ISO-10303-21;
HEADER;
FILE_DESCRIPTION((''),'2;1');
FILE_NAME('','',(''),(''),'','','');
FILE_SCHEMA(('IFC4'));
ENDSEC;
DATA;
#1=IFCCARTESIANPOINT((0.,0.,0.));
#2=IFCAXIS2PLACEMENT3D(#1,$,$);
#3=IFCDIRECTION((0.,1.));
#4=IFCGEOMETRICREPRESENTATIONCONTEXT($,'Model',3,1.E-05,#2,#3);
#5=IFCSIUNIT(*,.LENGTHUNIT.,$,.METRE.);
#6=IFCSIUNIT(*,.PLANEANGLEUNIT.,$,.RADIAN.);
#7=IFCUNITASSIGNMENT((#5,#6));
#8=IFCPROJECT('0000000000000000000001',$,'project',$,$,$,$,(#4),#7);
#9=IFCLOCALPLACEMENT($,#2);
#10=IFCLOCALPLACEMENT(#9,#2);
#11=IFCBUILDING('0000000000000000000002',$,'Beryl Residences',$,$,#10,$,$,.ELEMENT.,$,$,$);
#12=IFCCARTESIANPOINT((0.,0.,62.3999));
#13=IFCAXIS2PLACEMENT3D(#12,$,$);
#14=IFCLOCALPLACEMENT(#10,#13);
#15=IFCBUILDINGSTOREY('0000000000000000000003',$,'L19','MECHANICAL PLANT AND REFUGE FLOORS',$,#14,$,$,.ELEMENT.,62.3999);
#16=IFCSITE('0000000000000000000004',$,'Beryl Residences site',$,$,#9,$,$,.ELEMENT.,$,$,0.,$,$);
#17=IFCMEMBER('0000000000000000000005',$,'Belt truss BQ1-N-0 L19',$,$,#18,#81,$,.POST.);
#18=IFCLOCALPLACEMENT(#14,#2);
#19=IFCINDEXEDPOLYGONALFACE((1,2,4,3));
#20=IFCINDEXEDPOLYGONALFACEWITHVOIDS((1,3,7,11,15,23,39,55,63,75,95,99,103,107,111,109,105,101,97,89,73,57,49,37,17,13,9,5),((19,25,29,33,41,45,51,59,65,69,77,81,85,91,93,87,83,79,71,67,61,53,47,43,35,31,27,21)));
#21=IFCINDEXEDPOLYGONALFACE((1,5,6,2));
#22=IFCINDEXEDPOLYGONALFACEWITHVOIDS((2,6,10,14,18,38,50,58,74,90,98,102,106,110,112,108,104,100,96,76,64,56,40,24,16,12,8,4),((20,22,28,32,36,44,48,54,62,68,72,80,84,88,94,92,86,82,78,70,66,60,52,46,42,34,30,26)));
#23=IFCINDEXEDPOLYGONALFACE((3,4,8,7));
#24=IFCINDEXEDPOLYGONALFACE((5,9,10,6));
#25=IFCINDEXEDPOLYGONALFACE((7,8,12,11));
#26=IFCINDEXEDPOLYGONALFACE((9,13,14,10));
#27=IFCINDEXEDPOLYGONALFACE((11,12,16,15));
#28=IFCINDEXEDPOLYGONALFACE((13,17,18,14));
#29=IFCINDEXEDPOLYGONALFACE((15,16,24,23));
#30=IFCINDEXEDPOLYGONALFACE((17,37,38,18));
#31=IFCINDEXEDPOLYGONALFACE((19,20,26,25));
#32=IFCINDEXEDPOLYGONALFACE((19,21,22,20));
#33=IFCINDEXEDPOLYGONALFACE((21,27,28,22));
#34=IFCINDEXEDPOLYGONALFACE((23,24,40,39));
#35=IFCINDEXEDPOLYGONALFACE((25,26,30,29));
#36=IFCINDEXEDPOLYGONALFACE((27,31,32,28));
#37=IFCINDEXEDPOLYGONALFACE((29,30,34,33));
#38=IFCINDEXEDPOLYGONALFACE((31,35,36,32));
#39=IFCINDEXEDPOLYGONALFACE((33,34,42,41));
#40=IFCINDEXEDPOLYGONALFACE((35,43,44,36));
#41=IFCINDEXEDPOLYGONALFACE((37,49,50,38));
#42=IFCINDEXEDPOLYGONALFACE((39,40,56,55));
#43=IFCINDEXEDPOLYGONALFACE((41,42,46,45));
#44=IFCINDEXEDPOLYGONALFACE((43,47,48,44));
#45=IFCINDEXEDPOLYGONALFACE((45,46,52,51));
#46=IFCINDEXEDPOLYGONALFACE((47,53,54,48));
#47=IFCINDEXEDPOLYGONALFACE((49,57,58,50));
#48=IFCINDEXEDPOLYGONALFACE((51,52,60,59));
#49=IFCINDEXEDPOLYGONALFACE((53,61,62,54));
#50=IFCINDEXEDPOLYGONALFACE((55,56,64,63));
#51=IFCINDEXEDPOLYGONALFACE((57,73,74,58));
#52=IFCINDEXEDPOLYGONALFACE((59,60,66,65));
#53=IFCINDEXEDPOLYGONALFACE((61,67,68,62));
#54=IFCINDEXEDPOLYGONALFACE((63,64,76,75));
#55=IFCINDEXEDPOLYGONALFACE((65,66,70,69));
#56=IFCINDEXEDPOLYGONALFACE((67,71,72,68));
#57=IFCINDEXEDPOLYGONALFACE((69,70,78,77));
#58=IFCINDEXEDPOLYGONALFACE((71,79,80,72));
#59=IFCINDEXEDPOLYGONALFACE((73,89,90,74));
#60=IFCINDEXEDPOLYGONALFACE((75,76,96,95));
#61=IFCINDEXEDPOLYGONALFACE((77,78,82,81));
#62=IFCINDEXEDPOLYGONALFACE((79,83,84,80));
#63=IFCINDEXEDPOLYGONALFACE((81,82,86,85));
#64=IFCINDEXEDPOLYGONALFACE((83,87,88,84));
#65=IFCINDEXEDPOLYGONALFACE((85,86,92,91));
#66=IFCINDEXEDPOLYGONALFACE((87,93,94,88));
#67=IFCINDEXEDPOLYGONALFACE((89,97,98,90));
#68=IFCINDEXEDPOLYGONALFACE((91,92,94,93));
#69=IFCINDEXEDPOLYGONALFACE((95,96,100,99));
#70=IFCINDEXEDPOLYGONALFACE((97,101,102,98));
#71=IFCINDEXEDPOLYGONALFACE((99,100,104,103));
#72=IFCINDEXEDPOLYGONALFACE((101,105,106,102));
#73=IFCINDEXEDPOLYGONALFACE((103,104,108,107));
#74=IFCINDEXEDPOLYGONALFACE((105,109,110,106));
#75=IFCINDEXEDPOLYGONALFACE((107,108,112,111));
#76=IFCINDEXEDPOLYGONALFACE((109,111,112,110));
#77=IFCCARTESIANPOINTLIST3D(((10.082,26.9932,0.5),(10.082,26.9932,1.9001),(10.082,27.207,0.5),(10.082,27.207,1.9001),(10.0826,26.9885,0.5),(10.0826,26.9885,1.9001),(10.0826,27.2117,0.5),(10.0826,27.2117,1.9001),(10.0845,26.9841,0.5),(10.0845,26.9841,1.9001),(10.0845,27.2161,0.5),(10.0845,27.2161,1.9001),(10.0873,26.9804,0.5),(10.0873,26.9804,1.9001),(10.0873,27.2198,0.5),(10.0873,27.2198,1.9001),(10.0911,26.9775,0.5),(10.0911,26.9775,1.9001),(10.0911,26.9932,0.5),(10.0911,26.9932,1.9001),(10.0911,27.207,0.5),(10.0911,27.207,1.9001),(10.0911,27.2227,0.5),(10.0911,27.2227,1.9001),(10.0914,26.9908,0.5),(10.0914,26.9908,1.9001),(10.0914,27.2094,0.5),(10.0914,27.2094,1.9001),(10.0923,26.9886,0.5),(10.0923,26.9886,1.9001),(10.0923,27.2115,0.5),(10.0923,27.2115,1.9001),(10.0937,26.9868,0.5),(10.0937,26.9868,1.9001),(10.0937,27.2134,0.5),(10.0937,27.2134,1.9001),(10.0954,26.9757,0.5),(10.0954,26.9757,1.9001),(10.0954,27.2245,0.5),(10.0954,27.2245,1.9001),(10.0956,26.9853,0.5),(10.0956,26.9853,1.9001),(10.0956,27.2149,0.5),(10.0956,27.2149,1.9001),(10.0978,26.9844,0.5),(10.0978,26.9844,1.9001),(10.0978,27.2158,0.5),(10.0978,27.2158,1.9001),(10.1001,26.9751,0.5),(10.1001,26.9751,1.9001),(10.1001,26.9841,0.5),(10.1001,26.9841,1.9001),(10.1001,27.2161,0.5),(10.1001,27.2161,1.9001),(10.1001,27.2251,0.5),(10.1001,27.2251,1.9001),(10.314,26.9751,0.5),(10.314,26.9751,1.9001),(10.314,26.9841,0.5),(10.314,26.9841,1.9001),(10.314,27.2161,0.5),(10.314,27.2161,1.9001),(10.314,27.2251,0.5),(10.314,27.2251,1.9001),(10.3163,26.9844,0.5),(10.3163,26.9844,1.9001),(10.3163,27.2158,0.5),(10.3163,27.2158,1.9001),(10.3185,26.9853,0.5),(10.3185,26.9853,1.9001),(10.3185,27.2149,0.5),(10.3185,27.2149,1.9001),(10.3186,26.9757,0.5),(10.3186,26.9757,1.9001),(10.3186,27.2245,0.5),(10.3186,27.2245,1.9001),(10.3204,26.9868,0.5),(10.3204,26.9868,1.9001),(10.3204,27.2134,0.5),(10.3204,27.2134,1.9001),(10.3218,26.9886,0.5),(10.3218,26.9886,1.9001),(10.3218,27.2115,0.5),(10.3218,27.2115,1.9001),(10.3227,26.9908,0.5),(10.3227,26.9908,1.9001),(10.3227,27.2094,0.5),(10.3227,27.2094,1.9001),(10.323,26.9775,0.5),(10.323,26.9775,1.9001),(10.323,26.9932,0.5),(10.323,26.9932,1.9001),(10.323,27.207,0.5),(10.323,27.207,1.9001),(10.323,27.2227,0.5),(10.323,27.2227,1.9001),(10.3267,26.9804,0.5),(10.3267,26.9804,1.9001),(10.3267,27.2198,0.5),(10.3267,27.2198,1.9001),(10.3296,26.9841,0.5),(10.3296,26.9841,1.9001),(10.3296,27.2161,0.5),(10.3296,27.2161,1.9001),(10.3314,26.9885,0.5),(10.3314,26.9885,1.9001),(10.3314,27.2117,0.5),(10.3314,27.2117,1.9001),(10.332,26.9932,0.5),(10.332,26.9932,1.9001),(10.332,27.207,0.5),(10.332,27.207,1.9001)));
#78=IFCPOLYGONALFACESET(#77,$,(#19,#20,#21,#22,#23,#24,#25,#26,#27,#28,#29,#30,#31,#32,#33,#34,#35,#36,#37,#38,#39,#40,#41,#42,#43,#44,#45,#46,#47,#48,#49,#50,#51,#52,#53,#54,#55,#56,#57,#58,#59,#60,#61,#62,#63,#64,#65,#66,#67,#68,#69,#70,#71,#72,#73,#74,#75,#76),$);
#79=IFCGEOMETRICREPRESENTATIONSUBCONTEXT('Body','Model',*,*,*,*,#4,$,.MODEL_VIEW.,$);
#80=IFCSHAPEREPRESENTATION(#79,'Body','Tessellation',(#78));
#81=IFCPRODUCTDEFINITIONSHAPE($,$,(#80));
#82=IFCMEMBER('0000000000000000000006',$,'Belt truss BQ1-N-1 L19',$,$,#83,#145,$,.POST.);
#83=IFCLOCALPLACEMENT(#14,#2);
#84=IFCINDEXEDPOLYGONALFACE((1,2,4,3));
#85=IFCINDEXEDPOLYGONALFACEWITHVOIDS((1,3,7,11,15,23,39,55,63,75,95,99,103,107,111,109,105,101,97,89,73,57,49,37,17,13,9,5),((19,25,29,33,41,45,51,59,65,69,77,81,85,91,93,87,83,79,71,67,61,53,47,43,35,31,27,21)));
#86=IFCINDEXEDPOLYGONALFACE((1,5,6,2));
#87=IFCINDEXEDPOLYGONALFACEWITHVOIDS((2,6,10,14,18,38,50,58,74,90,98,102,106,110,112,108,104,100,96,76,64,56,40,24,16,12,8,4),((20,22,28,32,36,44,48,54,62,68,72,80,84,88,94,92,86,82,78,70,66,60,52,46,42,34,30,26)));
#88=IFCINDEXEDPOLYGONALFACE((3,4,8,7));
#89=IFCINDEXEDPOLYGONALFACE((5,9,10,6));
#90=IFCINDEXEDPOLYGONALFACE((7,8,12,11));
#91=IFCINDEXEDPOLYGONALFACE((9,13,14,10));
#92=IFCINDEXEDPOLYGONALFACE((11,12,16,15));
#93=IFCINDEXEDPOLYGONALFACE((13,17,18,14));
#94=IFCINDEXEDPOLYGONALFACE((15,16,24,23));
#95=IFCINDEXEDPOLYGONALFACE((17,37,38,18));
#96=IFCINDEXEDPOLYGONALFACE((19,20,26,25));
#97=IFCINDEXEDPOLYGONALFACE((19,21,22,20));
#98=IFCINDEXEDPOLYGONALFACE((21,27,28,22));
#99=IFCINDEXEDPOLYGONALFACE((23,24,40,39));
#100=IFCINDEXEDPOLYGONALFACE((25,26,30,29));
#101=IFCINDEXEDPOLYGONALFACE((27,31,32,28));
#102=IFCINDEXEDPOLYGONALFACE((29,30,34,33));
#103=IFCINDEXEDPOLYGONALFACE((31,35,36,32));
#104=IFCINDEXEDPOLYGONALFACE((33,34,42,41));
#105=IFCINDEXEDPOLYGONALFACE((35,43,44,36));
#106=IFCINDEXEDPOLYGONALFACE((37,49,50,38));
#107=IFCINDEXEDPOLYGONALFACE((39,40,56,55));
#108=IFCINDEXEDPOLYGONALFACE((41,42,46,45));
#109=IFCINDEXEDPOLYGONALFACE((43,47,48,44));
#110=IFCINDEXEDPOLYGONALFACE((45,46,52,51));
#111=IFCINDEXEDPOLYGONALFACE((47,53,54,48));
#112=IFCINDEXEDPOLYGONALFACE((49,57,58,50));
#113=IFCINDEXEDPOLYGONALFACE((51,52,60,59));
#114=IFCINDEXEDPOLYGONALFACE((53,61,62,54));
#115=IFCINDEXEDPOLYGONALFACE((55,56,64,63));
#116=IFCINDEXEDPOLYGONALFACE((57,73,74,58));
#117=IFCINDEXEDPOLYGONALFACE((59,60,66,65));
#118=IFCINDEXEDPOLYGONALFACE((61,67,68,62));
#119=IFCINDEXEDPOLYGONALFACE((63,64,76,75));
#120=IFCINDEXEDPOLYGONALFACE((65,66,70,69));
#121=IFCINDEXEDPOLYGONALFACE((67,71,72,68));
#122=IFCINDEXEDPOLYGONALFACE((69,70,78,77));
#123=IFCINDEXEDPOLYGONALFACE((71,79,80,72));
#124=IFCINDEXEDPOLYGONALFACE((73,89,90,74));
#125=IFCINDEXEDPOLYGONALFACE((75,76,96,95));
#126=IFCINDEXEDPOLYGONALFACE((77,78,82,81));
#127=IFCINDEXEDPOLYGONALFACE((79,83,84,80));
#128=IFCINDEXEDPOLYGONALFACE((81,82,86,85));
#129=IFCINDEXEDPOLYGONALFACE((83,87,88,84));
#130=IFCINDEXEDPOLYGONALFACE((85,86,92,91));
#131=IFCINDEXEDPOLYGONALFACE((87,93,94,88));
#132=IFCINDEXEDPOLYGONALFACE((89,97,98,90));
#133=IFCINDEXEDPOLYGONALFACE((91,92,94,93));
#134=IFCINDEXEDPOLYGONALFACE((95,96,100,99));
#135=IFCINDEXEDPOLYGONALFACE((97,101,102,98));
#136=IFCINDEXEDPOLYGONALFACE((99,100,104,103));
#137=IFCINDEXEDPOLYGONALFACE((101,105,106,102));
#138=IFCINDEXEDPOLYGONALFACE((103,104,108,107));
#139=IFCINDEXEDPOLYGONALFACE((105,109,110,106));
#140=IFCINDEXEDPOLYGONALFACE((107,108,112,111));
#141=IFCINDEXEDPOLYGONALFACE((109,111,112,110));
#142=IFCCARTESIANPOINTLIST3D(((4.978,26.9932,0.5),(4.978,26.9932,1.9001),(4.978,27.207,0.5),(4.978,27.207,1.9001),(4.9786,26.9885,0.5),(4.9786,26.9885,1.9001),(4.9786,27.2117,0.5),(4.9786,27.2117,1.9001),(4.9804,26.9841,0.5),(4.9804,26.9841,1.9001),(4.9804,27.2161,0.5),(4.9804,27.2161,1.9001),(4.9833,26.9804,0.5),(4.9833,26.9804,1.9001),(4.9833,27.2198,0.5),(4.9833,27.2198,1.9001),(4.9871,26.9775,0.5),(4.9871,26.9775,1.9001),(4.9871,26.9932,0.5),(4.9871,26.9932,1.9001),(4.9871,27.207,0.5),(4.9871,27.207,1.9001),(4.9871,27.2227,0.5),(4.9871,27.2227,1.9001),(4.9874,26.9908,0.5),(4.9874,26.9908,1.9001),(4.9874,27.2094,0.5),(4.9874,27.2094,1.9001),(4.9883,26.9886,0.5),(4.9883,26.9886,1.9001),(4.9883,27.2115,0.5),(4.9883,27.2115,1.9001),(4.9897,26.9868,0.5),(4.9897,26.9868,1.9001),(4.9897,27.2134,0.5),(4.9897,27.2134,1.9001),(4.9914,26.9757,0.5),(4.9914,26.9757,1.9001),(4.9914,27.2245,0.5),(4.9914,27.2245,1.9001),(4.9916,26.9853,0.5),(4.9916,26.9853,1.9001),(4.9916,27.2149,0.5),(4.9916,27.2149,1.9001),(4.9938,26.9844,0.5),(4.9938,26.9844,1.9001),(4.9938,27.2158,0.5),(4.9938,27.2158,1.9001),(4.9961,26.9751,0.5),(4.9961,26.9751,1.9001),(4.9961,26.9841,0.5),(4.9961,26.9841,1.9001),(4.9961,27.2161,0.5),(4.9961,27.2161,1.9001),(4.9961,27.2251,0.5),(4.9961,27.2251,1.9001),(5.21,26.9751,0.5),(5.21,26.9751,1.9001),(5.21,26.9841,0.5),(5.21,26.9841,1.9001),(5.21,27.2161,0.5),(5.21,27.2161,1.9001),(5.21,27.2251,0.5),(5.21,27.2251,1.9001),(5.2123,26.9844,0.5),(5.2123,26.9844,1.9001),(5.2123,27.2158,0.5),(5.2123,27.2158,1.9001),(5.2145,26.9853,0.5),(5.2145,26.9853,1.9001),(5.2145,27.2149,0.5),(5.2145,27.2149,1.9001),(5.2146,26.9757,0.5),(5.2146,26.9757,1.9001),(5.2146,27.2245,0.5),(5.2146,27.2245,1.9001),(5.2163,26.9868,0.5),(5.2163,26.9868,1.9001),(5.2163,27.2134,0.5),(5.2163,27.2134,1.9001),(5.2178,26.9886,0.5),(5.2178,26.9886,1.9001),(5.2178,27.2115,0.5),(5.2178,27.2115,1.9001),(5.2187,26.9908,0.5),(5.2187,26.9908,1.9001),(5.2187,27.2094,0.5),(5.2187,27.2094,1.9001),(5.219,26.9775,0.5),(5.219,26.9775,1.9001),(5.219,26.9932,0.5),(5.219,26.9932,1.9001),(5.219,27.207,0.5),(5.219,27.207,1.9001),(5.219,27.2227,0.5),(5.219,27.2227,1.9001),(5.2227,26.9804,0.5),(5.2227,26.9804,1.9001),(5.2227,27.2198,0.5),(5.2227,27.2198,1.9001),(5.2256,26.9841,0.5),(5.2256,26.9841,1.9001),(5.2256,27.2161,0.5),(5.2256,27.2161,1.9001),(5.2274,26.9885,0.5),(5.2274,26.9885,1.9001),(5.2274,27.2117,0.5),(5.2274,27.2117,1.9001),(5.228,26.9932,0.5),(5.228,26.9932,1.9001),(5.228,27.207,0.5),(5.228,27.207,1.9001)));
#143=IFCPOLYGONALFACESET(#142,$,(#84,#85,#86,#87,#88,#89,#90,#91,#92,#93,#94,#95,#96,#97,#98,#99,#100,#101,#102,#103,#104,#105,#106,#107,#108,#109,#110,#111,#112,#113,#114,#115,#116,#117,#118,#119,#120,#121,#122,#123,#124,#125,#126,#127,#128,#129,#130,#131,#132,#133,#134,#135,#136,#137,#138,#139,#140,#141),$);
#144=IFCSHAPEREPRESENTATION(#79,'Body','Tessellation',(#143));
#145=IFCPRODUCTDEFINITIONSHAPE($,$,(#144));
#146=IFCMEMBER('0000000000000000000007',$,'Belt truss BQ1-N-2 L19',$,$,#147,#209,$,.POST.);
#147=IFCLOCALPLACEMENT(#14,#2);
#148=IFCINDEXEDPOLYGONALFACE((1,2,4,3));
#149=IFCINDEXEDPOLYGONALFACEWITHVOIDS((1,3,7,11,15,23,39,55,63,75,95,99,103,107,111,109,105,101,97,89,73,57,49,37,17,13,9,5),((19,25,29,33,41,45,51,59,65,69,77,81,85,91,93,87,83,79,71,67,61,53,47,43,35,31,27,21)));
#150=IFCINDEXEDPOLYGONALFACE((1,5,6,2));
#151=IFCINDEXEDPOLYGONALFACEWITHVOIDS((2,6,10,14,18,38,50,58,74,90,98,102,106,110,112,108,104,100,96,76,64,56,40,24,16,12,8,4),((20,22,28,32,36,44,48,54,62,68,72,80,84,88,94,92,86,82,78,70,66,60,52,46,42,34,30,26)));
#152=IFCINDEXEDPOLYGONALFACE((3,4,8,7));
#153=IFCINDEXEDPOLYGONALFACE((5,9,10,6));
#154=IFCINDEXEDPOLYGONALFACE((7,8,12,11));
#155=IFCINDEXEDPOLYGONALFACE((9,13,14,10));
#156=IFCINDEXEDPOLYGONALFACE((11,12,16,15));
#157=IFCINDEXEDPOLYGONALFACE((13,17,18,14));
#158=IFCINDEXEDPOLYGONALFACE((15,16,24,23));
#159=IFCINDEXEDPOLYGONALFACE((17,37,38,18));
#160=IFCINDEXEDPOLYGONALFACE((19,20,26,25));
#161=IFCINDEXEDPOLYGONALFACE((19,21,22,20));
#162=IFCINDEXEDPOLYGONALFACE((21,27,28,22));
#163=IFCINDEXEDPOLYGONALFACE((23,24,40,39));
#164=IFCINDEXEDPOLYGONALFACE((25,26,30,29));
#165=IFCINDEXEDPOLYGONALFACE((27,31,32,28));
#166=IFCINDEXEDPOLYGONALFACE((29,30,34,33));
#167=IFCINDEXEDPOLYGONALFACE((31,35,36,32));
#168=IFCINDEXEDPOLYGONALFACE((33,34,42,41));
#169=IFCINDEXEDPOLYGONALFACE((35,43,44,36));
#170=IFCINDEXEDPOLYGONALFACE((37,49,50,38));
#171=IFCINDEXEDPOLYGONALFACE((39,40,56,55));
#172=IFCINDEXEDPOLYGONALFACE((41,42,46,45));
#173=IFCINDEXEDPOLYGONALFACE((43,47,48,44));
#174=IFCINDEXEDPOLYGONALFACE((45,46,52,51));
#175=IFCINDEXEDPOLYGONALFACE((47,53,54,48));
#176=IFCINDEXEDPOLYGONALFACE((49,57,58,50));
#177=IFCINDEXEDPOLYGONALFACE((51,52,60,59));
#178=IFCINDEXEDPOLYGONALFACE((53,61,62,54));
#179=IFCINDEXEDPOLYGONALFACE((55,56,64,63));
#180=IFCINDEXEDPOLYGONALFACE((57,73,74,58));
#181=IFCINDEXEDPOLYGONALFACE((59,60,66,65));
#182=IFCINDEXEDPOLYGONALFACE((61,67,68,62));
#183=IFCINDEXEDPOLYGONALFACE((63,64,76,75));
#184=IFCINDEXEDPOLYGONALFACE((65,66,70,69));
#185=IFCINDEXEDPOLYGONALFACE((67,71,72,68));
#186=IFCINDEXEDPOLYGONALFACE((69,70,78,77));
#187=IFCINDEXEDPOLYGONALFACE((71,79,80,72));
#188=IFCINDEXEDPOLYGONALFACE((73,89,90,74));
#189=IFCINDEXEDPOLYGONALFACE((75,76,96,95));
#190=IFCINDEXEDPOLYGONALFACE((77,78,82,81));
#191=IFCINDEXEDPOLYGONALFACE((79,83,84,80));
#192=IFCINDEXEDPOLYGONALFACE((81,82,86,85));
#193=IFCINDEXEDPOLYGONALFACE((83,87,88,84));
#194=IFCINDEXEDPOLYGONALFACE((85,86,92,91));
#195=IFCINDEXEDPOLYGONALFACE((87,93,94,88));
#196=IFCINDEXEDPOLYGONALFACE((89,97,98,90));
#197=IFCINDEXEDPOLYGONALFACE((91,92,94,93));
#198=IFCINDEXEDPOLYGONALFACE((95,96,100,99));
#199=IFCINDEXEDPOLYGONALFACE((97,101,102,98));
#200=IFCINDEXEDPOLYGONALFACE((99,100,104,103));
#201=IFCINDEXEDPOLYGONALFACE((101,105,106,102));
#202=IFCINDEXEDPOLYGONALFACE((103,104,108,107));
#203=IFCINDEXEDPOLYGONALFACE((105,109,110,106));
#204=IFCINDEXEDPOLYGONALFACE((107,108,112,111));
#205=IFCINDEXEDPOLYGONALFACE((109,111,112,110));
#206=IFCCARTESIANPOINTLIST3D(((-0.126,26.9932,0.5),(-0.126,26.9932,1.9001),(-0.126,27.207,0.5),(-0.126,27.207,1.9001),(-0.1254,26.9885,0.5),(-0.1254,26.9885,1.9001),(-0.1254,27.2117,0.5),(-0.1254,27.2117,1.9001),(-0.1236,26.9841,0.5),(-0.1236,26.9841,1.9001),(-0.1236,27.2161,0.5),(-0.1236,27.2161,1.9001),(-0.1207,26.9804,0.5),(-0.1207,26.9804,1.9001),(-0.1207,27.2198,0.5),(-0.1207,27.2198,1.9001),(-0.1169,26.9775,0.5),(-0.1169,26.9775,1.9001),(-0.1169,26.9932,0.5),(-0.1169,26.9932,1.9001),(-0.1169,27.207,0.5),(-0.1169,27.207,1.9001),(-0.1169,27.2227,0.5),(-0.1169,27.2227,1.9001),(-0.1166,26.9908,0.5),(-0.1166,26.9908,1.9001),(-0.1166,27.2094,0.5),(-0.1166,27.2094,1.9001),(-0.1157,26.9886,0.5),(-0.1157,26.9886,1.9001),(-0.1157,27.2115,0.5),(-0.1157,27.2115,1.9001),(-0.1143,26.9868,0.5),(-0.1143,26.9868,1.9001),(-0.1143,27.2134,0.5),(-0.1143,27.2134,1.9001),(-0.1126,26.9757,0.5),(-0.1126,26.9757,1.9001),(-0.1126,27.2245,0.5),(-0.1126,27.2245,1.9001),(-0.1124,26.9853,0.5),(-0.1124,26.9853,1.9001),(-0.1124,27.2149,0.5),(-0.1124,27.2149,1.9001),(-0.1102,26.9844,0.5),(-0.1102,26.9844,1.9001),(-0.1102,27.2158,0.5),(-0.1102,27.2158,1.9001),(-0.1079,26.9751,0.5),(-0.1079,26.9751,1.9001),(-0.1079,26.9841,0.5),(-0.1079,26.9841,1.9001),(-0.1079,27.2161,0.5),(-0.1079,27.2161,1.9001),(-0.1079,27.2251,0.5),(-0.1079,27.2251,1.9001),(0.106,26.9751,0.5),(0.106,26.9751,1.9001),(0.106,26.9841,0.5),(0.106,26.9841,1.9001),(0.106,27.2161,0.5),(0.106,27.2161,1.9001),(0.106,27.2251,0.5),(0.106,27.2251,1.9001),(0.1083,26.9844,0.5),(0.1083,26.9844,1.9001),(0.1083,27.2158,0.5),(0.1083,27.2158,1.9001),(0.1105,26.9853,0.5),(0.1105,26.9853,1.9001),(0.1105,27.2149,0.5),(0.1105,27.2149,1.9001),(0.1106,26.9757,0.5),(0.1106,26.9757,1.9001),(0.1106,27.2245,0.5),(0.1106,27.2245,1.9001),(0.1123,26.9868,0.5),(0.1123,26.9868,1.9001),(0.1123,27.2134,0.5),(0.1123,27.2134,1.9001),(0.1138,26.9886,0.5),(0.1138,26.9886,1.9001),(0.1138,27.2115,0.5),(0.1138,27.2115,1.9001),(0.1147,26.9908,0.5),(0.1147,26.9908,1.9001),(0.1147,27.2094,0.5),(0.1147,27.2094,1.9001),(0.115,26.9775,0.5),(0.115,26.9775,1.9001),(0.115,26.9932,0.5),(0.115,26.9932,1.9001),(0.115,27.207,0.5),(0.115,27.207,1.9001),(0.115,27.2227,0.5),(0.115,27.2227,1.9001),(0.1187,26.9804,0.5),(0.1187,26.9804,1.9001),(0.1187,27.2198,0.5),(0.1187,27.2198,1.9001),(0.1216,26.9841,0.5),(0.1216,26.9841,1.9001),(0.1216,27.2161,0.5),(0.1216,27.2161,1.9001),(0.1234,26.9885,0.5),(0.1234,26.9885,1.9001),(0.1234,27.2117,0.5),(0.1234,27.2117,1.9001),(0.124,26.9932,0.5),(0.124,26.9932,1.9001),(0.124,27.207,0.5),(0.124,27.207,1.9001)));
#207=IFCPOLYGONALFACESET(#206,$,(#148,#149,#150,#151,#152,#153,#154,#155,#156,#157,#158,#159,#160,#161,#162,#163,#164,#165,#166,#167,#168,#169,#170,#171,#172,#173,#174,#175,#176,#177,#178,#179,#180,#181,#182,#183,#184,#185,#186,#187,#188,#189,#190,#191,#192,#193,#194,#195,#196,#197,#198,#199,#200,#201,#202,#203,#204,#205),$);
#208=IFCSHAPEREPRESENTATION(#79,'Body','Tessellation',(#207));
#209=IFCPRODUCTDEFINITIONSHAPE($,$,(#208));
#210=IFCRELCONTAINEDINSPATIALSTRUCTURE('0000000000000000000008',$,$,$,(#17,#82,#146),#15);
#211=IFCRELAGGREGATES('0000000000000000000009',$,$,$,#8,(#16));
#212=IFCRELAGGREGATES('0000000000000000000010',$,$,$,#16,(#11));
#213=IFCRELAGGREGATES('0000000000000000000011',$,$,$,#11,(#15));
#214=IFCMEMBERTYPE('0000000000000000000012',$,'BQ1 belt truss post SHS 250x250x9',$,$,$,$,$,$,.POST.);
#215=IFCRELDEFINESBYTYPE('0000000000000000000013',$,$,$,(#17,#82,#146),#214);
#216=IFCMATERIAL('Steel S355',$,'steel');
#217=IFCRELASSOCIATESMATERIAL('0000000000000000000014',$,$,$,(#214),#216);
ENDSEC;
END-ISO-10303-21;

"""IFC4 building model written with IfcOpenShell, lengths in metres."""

from ifc_helpers import new_model, si_unit, direction, frame, origin, origin_2d, place, context, subcontext, project, spatial, hollow_rectangle, extrude, material, material_profile, profile_set, type_object, element, save


model = new_model("IFC4")

# Units and contexts
model_context = context("Model", 3, precision=1e-05, world=origin(), true_north=direction((0.0, 1.0)))
body_context = subcontext(model_context, "Body", "Model", "MODEL_VIEW")
ifc_project = project(units=[si_unit("LENGTHUNIT", "METRE"), si_unit("PLANEANGLEUNIT", "RADIAN")], contexts=[model_context])

# Site, building, storey
site_placement = place(None, origin())
site = spatial("IfcSite", under=ifc_project, at=site_placement, Name="Beryl Residences site", CompositionType="ELEMENT", RefElevation=0.0)
building_placement = place(site_placement, origin())
building = spatial("IfcBuilding", under=site, at=building_placement, Name="Beryl Residences", CompositionType="ELEMENT")
storey_placement = place(building_placement, frame((0.0, 0.0, 62.3999)))
storey = spatial("IfcBuildingStorey", under=building, at=storey_placement, Name="L19", Description="MECHANICAL PLANT AND REFUGE FLOORS", CompositionType="ELEMENT", Elevation=62.3999)

# Members
ifc_material_1 = material(Name="Steel S355", Category="steel")
ifc_material_profile_1 = material_profile(ifc_material_1, hollow_rectangle(XDim=0.25, YDim=0.25, WallThickness=0.009, InnerFilletRadius=0.009, OuterFilletRadius=0.0181, at=origin_2d()))
ifc_profile_set_1 = profile_set([ifc_material_profile_1], Name="Steel S355")
member_type_1 = type_object("IfcMemberType", Name="BQ1 belt truss post SHS 250x250x9", PredefinedType="POST", material=ifc_profile_set_1)
for number, where, z_axis, x_axis, name in (
    (1, (10.207, 27.1001, 0.5), (0.0, 0.0, 1.0), (1.0, 0.0, 0.0), "Belt truss BQ1-N-0 L19"),
    (2, (5.103, 27.1001, 0.5), (0.0, 0.0, 1.0), (1.0, 0.0, 0.0), "Belt truss BQ1-N-1 L19"),
    (3, (-0.001, 27.1001, 0.5), (0.0, 0.0, 1.0), (1.0, 0.0, 0.0), "Belt truss BQ1-N-2 L19"),
):
    element("IfcMember", number, at=place(storey_placement, frame(where, z_axis=z_axis, x_axis=x_axis)), inside=storey, type_object=member_type_1, Name=name, PredefinedType="POST", context=body_context, shape_type="SweptSolid", body=[
        extrude(hollow_rectangle(XDim=0.25, YDim=0.25, WallThickness=0.009, InnerFilletRadius=0.009, OuterFilletRadius=0.0181, at=origin_2d()), origin(), (0.0, 0.0, 1.0), 1.4001),
    ])

save(model, "model.ifc")
